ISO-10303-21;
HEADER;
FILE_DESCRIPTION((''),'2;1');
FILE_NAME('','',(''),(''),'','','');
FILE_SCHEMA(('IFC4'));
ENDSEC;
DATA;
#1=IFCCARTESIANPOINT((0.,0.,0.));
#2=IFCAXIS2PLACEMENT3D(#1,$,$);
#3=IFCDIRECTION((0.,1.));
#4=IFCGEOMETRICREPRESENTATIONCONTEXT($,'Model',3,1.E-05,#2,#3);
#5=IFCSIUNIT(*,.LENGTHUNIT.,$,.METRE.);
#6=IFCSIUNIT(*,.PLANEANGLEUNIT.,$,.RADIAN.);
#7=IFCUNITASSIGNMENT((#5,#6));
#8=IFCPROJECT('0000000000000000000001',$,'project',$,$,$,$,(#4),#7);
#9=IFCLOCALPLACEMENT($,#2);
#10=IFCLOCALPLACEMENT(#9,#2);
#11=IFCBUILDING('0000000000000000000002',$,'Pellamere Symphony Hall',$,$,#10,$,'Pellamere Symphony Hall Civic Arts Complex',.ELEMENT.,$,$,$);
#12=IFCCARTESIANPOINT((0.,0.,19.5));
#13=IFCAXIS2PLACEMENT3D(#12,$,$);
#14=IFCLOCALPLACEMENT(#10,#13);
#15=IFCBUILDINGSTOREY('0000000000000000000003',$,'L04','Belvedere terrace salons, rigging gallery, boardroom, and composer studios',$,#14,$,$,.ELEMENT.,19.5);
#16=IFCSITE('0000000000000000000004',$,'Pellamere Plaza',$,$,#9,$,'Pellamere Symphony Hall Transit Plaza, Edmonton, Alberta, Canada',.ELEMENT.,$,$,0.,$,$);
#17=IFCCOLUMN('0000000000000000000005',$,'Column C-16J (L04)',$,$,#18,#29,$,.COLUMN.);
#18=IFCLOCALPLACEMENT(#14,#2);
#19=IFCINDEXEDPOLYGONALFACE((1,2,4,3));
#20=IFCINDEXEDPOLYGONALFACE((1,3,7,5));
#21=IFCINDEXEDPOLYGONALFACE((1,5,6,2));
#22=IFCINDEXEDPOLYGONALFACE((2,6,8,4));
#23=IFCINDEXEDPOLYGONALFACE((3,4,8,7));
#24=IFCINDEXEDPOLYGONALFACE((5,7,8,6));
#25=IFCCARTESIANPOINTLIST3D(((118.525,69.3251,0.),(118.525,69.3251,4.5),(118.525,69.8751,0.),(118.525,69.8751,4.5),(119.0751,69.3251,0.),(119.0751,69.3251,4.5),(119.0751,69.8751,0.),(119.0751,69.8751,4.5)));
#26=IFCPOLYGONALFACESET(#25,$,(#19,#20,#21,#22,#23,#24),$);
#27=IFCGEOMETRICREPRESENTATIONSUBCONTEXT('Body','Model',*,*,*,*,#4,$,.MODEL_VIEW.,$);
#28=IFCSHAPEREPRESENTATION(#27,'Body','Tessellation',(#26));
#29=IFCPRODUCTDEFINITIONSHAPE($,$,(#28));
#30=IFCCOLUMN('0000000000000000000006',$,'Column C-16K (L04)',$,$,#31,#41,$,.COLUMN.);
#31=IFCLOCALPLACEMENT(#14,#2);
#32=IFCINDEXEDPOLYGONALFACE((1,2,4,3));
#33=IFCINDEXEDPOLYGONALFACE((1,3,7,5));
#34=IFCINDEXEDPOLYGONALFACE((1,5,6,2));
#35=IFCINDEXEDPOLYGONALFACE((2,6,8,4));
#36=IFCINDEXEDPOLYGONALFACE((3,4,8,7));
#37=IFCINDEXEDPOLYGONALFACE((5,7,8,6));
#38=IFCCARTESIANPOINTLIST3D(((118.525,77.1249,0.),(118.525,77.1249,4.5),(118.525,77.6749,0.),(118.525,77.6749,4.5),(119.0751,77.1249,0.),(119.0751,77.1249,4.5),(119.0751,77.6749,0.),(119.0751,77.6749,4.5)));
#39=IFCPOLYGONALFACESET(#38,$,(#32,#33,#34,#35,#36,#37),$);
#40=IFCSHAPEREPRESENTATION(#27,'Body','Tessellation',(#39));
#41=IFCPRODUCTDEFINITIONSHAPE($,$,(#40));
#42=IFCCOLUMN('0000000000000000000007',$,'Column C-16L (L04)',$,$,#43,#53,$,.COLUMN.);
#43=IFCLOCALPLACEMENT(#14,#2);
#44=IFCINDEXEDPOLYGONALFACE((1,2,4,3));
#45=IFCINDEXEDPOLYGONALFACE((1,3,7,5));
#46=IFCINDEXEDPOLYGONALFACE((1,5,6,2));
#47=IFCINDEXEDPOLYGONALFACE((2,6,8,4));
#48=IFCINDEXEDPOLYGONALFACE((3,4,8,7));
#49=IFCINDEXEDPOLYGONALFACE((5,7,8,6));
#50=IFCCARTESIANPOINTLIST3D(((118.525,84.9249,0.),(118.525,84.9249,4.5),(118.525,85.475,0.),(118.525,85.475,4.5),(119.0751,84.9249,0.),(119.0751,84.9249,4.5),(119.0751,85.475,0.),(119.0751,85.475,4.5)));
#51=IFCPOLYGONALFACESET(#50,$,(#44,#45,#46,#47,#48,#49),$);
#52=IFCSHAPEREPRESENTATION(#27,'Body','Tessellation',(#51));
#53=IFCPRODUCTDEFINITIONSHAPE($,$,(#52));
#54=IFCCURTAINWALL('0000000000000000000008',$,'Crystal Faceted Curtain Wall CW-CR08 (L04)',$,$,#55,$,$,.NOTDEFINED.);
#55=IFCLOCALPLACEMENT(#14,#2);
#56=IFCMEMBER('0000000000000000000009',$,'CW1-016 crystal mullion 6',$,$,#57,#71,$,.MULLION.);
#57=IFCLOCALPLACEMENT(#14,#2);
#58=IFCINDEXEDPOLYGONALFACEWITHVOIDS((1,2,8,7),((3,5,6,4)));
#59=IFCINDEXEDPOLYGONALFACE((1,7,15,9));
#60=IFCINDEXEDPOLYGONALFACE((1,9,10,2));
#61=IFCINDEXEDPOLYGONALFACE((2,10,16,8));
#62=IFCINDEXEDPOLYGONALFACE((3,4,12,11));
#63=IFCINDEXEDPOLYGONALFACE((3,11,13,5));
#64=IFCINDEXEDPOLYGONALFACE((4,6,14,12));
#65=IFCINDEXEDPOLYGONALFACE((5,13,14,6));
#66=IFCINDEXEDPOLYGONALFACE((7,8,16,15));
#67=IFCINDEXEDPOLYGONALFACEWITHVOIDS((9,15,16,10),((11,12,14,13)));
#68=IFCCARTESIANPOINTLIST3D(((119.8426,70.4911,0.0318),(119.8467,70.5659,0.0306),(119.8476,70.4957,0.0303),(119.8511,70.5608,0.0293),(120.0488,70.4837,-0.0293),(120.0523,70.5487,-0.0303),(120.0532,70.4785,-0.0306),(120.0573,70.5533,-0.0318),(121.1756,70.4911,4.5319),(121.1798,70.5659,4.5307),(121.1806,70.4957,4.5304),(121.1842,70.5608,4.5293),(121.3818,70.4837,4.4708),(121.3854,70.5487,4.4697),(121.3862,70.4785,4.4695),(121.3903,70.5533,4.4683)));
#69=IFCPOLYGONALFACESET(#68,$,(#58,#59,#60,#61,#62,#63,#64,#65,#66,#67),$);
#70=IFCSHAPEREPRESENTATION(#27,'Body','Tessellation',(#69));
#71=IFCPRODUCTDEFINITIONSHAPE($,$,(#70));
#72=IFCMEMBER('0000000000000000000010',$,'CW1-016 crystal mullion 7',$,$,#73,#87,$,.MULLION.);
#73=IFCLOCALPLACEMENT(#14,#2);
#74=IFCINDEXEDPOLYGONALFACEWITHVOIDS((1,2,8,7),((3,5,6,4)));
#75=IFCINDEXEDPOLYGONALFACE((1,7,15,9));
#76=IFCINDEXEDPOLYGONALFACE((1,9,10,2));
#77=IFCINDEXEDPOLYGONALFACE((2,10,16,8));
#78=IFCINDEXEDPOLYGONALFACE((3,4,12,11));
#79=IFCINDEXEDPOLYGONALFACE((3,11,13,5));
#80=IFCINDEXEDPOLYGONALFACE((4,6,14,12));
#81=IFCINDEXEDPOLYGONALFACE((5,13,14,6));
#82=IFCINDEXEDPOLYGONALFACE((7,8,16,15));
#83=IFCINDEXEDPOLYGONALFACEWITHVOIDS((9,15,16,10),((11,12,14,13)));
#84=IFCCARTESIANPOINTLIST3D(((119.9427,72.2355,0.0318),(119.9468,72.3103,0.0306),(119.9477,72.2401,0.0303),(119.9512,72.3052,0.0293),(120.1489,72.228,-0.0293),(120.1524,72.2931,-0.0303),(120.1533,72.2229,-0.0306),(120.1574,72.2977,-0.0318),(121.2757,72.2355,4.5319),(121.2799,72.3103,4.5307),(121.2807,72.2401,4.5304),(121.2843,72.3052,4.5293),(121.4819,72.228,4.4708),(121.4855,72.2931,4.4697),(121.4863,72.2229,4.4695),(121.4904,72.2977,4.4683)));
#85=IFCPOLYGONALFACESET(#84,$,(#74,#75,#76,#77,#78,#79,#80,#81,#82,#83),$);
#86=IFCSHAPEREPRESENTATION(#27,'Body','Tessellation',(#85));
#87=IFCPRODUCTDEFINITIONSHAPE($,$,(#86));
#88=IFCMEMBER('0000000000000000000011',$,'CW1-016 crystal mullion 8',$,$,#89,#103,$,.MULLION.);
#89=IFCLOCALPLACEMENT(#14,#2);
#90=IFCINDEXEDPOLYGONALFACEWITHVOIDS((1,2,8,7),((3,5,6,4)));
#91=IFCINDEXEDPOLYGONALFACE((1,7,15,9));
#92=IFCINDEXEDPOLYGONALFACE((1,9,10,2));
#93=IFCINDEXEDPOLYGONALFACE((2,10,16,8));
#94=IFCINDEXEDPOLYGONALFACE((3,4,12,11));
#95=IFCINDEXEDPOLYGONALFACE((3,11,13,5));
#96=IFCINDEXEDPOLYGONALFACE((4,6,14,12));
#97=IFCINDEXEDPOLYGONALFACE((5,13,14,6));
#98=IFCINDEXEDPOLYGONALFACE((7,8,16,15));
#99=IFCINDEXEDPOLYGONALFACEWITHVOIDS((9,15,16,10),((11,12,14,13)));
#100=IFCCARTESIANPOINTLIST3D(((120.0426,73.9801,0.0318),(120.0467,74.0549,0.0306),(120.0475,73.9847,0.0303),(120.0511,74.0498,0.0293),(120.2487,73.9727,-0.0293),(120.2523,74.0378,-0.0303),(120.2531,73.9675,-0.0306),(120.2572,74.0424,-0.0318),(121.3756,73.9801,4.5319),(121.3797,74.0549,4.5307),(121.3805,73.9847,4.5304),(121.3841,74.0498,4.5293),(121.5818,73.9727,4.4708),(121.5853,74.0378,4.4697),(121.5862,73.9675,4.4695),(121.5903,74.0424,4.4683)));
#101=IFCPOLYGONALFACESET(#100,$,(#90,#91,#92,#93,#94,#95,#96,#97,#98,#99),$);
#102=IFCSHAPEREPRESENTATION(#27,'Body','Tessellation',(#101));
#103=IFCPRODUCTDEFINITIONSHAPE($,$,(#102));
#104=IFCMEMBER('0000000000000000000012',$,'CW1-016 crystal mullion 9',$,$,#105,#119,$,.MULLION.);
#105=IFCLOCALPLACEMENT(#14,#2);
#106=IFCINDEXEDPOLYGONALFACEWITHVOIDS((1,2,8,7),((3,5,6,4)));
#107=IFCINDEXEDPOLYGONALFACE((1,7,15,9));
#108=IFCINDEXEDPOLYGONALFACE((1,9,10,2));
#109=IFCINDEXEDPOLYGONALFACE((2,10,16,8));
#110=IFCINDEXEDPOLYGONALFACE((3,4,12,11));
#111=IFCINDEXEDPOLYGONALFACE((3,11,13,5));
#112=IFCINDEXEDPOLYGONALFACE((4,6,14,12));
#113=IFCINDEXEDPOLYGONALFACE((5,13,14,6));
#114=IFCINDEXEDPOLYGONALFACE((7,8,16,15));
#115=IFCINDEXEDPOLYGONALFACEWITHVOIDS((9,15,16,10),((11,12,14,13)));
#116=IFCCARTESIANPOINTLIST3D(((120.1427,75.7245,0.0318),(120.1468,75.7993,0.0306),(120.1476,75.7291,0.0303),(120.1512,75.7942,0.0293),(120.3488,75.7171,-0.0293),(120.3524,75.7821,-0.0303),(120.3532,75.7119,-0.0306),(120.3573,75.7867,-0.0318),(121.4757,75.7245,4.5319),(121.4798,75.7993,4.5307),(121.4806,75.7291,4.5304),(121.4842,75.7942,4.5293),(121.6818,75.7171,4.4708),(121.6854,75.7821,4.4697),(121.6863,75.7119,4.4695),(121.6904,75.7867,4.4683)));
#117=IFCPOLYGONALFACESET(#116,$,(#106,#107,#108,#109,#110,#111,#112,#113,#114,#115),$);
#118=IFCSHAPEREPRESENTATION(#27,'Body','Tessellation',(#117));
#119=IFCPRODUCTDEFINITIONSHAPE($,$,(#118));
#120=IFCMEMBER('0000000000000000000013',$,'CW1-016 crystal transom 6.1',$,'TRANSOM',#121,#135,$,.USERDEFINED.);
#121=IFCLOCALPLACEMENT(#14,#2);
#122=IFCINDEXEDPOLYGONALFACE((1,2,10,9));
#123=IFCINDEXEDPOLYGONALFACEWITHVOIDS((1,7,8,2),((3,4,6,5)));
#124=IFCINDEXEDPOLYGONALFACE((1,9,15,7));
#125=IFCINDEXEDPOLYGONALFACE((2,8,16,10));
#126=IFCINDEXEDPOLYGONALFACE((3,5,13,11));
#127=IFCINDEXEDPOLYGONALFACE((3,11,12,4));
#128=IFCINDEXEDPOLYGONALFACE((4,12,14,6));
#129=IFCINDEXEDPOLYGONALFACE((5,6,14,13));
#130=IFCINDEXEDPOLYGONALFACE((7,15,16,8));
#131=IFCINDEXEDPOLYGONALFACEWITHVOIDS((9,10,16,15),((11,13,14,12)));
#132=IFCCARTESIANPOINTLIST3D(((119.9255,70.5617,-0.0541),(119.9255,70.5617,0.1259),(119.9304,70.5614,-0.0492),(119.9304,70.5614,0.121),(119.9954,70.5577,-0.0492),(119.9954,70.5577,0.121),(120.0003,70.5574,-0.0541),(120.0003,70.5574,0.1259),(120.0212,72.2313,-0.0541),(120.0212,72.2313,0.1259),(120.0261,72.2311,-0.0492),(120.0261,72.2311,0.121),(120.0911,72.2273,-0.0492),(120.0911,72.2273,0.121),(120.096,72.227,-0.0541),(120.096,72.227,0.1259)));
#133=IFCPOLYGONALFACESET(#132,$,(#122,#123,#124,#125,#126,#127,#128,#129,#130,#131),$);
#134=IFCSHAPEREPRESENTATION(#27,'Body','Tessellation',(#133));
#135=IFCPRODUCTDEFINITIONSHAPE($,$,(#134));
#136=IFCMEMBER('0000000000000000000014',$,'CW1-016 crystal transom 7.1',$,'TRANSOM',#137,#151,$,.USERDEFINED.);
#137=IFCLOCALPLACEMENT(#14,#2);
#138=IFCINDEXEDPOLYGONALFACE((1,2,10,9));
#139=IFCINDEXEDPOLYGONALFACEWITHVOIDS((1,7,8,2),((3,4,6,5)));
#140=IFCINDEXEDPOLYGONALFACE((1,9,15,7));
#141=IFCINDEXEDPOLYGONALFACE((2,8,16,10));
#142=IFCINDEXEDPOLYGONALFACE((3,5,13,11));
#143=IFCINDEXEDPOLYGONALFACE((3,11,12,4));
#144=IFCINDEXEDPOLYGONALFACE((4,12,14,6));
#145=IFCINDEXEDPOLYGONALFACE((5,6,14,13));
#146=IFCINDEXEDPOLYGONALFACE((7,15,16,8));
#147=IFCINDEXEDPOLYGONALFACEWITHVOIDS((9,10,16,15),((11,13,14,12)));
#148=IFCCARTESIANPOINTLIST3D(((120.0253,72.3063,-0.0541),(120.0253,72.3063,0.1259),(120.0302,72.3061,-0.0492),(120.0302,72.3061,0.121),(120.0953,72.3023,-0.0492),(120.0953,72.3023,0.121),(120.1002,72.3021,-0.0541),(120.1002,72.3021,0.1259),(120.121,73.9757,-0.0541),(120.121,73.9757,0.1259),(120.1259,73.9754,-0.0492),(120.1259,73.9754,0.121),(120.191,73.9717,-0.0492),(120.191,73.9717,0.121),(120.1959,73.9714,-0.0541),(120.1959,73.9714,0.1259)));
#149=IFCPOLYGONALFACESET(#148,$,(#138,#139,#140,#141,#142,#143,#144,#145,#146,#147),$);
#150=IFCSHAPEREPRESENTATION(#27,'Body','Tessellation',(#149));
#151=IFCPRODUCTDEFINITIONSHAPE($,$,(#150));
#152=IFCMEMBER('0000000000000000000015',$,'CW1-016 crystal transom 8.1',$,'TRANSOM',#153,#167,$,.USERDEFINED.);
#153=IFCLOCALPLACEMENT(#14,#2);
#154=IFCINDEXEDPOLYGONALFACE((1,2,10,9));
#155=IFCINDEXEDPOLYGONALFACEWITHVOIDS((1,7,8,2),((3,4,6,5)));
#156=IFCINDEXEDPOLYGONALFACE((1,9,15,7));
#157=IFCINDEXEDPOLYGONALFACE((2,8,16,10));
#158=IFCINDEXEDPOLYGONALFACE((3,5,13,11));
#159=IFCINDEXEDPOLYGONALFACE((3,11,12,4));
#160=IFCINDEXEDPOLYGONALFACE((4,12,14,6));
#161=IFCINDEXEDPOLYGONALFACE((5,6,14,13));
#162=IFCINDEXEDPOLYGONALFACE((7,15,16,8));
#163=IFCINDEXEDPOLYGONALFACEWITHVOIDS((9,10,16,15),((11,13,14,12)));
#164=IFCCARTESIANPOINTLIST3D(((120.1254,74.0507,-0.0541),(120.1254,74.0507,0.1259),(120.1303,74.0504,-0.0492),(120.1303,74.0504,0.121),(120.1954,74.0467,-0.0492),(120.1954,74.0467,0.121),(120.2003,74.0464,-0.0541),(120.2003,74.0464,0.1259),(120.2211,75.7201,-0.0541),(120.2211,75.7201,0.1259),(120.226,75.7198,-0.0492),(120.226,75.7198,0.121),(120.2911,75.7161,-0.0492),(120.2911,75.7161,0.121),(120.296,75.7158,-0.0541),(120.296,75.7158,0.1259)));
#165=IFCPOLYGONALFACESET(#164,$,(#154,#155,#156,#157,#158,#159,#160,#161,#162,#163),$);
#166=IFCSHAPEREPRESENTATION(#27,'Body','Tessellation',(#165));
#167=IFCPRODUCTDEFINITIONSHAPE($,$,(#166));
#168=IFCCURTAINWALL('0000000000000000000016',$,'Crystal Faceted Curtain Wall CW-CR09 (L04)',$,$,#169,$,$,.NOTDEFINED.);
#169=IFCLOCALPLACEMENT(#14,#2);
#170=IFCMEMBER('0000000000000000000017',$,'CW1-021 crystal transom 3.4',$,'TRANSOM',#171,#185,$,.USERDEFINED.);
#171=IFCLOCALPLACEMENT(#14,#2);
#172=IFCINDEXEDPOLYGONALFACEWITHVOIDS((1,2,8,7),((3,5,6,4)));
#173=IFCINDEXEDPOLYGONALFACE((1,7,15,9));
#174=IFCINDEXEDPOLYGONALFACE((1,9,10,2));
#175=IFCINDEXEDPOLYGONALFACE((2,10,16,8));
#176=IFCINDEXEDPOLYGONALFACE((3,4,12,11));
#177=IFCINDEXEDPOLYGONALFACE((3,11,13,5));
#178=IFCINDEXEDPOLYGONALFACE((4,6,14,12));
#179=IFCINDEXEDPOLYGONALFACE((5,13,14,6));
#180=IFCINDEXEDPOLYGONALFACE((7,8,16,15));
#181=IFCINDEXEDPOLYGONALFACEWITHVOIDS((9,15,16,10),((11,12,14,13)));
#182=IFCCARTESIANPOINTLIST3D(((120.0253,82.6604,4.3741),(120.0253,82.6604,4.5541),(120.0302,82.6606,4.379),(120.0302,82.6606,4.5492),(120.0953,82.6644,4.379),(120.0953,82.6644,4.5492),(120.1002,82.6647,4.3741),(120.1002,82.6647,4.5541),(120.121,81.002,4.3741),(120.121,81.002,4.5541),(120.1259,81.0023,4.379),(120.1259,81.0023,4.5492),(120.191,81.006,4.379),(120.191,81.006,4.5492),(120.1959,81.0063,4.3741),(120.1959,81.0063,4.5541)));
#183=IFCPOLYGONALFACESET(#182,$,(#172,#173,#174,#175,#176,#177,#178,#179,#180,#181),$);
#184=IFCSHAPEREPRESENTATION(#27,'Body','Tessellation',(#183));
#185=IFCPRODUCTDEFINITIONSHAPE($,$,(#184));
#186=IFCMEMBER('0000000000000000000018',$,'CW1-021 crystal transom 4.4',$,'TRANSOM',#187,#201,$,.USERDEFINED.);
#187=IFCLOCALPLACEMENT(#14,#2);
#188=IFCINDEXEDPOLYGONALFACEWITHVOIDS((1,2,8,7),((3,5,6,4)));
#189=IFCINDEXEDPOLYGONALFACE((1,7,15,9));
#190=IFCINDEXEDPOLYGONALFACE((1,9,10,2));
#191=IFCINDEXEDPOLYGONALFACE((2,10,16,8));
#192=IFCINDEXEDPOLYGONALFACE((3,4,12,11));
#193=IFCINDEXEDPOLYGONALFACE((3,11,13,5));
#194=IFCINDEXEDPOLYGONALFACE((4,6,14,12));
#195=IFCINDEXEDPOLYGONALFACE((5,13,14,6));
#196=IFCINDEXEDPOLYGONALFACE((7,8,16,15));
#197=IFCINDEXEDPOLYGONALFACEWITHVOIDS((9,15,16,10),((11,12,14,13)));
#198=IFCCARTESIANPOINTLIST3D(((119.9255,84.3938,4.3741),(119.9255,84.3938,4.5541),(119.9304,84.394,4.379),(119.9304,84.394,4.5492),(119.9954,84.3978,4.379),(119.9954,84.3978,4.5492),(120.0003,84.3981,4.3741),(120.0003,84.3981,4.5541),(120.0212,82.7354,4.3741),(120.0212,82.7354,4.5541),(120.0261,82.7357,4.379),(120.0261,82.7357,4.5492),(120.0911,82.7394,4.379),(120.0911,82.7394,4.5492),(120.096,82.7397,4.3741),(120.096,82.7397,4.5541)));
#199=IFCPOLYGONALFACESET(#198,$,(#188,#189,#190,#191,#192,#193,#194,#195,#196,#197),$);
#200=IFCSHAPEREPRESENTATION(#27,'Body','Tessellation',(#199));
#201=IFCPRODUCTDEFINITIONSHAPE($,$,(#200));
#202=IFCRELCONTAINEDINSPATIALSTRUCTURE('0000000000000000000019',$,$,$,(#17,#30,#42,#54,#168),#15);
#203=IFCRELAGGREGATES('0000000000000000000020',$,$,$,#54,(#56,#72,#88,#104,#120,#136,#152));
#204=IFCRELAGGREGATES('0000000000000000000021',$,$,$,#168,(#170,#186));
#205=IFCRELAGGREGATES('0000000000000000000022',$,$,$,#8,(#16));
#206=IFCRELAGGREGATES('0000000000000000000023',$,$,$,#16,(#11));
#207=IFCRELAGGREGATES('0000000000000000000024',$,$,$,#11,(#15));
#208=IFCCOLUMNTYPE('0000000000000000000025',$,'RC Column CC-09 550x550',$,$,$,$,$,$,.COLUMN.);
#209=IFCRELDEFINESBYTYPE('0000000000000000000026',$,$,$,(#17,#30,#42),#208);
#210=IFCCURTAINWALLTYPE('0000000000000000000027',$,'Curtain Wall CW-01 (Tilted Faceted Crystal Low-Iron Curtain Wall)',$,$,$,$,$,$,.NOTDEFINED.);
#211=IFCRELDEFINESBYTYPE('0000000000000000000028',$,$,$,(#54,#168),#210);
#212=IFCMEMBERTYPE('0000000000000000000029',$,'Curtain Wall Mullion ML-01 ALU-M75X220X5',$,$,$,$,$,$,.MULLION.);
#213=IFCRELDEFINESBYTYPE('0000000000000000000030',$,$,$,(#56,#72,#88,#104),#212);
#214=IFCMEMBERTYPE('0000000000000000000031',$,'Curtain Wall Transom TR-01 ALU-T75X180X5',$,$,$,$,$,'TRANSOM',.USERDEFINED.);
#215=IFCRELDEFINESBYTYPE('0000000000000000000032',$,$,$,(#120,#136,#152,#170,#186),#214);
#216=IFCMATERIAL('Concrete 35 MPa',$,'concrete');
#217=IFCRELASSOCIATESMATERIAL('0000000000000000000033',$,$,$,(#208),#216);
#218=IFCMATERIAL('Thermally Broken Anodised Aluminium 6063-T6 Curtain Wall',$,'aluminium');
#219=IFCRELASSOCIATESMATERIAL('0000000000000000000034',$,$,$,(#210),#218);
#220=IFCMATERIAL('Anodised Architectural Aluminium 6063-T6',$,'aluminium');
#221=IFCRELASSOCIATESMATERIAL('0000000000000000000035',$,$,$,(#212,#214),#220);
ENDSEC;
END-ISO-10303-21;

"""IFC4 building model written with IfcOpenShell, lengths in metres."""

from ifc_helpers import new_model, si_unit, direction, frame, origin, origin_2d, place, context, subcontext, project, spatial, rectangle, hollow_rectangle, extrude, material, material_profile, profile_set, type_object, element, aggregate, save


model = new_model("IFC4")

# Units and contexts
model_context = context("Model", 3, precision=1e-05, world=origin(), true_north=direction((0.0, 1.0)))
body_context = subcontext(model_context, "Body", "Model", "MODEL_VIEW")
ifc_project = project(units=[si_unit("LENGTHUNIT", "METRE"), si_unit("PLANEANGLEUNIT", "RADIAN")], contexts=[model_context])

# Site, building, storey
site_placement = place(None, origin())
site = spatial("IfcSite", under=ifc_project, at=site_placement, Name="Pellamere Plaza", LongName="Pellamere Symphony Hall Transit Plaza, Edmonton, Alberta, Canada", CompositionType="ELEMENT", RefElevation=0.0)
building_placement = place(site_placement, origin())
building = spatial("IfcBuilding", under=site, at=building_placement, Name="Pellamere Symphony Hall", LongName="Pellamere Symphony Hall Civic Arts Complex", CompositionType="ELEMENT")
storey_placement = place(building_placement, frame((0.0, 0.0, 19.5)))
storey = spatial("IfcBuildingStorey", under=building, at=storey_placement, Name="L04", Description="Belvedere terrace salons, rigging gallery, boardroom, and composer studios", CompositionType="ELEMENT", Elevation=19.5)

# Columns
ifc_material_1 = material(Name="Concrete 35 MPa", Category="concrete")
ifc_material_profile_1 = material_profile(ifc_material_1, rectangle(XDim=0.55, YDim=0.55, at=origin_2d()), Name="RC 550x550")
ifc_profile_set_1 = profile_set([ifc_material_profile_1], Name="Concrete 35 MPa")
column_type = type_object("IfcColumnType", Name="RC Column CC-09 550x550", PredefinedType="COLUMN", material=ifc_profile_set_1)
for number, where, z_axis, x_axis, name in (
    (1, (118.8, 69.6001, 0.0), (0.0, 0.0, 1.0), (1.0, 0.0, 0.0), "Column C-16J (L04)"),
    (2, (118.8, 77.3999, 0.0), (0.0, 0.0, 1.0), (1.0, 0.0, 0.0), "Column C-16K (L04)"),
    (3, (118.8, 85.2, 0.0), (0.0, 0.0, 1.0), (1.0, 0.0, 0.0), "Column C-16L (L04)"),
):
    element("IfcColumn", number, at=place(storey_placement, frame(where, z_axis=z_axis, x_axis=x_axis)), inside=storey, type_object=column_type, Name=name, PredefinedType="COLUMN", context=body_context, shape_type="SweptSolid", body=[
        extrude(rectangle(XDim=0.55, YDim=0.55, at=origin_2d()), origin(), (0.0, 0.0, 1.0), 4.5),
    ])

# Curtain walls, members
ifc_material_2 = material(Name="Thermally Broken Anodised Aluminium 6063-T6 Curtain Wall", Category="aluminium")
curtain_wall_type = type_object("IfcCurtainWallType", Name="Curtain Wall CW-01 (Tilted Faceted Crystal Low-Iron Curtain Wall)", PredefinedType="NOTDEFINED", material=ifc_material_2)
curtain_wall_1_placement = place(storey_placement, origin())
curtain_wall_1 = element("IfcCurtainWall", 4, at=curtain_wall_1_placement, inside=storey, type_object=curtain_wall_type, Name="Crystal Faceted Curtain Wall CW-CR08 (L04)", PredefinedType="NOTDEFINED")
ifc_material_3 = material(Name="Anodised Architectural Aluminium 6063-T6", Category="aluminium")
ifc_material_profile_2 = material_profile(ifc_material_3, hollow_rectangle(XDim=0.075, YDim=0.22, WallThickness=0.0049, at=origin_2d()), Name="ALU-M75X220X5")
ifc_profile_set_2 = profile_set([ifc_material_profile_2], Name="Anodised Architectural Aluminium 6063-T6")
member_type_1 = type_object("IfcMemberType", Name="Curtain Wall Mullion ML-01 ALU-M75X220X5", PredefinedType="MULLION", material=ifc_profile_set_2)
member_1_placement = place(storey_placement, frame((119.95, 70.5222, 0.0), z_axis=(0.284025, 0.0, 0.958817), x_axis=(-0.054874, -0.998361, 0.016255)))
member_1 = element("IfcMember", 5, at=member_1_placement, type_object=member_type_1, Name="CW1-016 crystal mullion 6", PredefinedType="MULLION", context=body_context, shape_type="SweptSolid", body=[
    extrude(hollow_rectangle(XDim=0.075, YDim=0.22, WallThickness=0.0049, at=origin_2d()), origin(), (0.0, 0.0, 1.0), 4.6934),
])
member_2_placement = place(storey_placement, frame((120.05, 72.2666, 0.0), z_axis=(0.284025, 0.0, 0.958817), x_axis=(-0.054874, -0.998361, 0.016255)))
member_2 = element("IfcMember", 6, at=member_2_placement, type_object=member_type_1, Name="CW1-016 crystal mullion 7", PredefinedType="MULLION", context=body_context, shape_type="SweptSolid", body=[
    extrude(hollow_rectangle(XDim=0.075, YDim=0.22, WallThickness=0.0049, at=origin_2d()), origin(), (0.0, 0.0, 1.0), 4.6934),
])
member_3_placement = place(storey_placement, frame((120.1499, 74.0112, 0.0), z_axis=(0.284025, 0.0, 0.958817), x_axis=(-0.054874, -0.998361, 0.016255)))
member_3 = element("IfcMember", 7, at=member_3_placement, type_object=member_type_1, Name="CW1-016 crystal mullion 8", PredefinedType="MULLION", context=body_context, shape_type="SweptSolid", body=[
    extrude(hollow_rectangle(XDim=0.075, YDim=0.22, WallThickness=0.0049, at=origin_2d()), origin(), (0.0, 0.0, 1.0), 4.6934),
])
member_4_placement = place(storey_placement, frame((120.25, 75.7556, 0.0), z_axis=(0.284025, 0.0, 0.958817), x_axis=(-0.054874, -0.998361, 0.016255)))
member_4 = element("IfcMember", 8, at=member_4_placement, type_object=member_type_1, Name="CW1-016 crystal mullion 9", PredefinedType="MULLION", context=body_context, shape_type="SweptSolid", body=[
    extrude(hollow_rectangle(XDim=0.075, YDim=0.22, WallThickness=0.0049, at=origin_2d()), origin(), (0.0, 0.0, 1.0), 4.6934),
])
ifc_material_profile_3 = material_profile(ifc_material_3, hollow_rectangle(XDim=0.075, YDim=0.1799, WallThickness=0.0049, at=origin_2d()), Name="ALU-T75X180X5")
ifc_profile_set_3 = profile_set([ifc_material_profile_3], Name="Anodised Architectural Aluminium 6063-T6")
member_type_2 = type_object("IfcMemberType", Name="Curtain Wall Transom TR-01 ALU-T75X180X5", ElementType="TRANSOM", PredefinedType="USERDEFINED", material=ifc_profile_set_3)
member_5_placement = place(storey_placement, frame((119.9629, 70.5596, 0.0359), z_axis=(0.057224, 0.998361, 0.0), x_axis=(-0.998361, 0.057224, 0.0)))
member_5 = element("IfcMember", 9, at=member_5_placement, type_object=member_type_2, Name="CW1-016 crystal transom 6.1", ObjectType="TRANSOM", PredefinedType="USERDEFINED", context=body_context, shape_type="SweptSolid", body=[
    extrude(hollow_rectangle(XDim=0.075, YDim=0.1799, WallThickness=0.0049, at=origin_2d()), origin(), (0.0, 0.0, 1.0), 1.6724),
])
member_6_placement = place(storey_placement, frame((120.0627, 72.3042, 0.0359), z_axis=(0.057233, 0.998361, 0.0), x_axis=(-0.998361, 0.057233, 0.0)))
member_6 = element("IfcMember", 10, at=member_6_placement, type_object=member_type_2, Name="CW1-016 crystal transom 7.1", ObjectType="TRANSOM", PredefinedType="USERDEFINED", context=body_context, shape_type="SweptSolid", body=[
    extrude(hollow_rectangle(XDim=0.075, YDim=0.1799, WallThickness=0.0049, at=origin_2d()), origin(), (0.0, 0.0, 1.0), 1.6721),
])
member_7_placement = place(storey_placement, frame((120.1628, 74.0486, 0.0359), z_axis=(0.057233, 0.998361, 0.0), x_axis=(-0.998361, 0.057233, 0.0)))
member_7 = element("IfcMember", 11, at=member_7_placement, type_object=member_type_2, Name="CW1-016 crystal transom 8.1", ObjectType="TRANSOM", PredefinedType="USERDEFINED", context=body_context, shape_type="SweptSolid", body=[
    extrude(hollow_rectangle(XDim=0.075, YDim=0.1799, WallThickness=0.0049, at=origin_2d()), origin(), (0.0, 0.0, 1.0), 1.6721),
])
curtain_wall_2_placement = place(storey_placement, origin())
curtain_wall_2 = element("IfcCurtainWall", 12, at=curtain_wall_2_placement, inside=storey, type_object=curtain_wall_type, Name="Crystal Faceted Curtain Wall CW-CR09 (L04)", PredefinedType="NOTDEFINED")
member_8_placement = place(storey_placement, frame((120.1584, 81.0042, 4.4641), z_axis=(-0.057611, 0.998339, 0.0), x_axis=(-0.998339, -0.057611, 0.0)))
member_8 = element("IfcMember", 13, at=member_8_placement, type_object=member_type_2, Name="CW1-021 crystal transom 3.4", ObjectType="TRANSOM", PredefinedType="USERDEFINED", context=body_context, shape_type="SweptSolid", body=[
    extrude(hollow_rectangle(XDim=0.075, YDim=0.1799, WallThickness=0.0049, at=origin_2d()), origin(), (0.0, 0.0, 1.0), 1.6611),
])
member_9_placement = place(storey_placement, frame((120.0586, 82.7375, 4.4641), z_axis=(-0.057611, 0.998339, 0.0), x_axis=(-0.998339, -0.057611, 0.0)))
member_9 = element("IfcMember", 14, at=member_9_placement, type_object=member_type_2, Name="CW1-021 crystal transom 4.4", ObjectType="TRANSOM", PredefinedType="USERDEFINED", context=body_context, shape_type="SweptSolid", body=[
    extrude(hollow_rectangle(XDim=0.075, YDim=0.1799, WallThickness=0.0049, at=origin_2d()), origin(), (0.0, 0.0, 1.0), 1.6611),
])

aggregate(curtain_wall_1, [member_1, member_2, member_3, member_4, member_5, member_6, member_7])
aggregate(curtain_wall_2, [member_8, member_9])

save(model, "model.ifc")
